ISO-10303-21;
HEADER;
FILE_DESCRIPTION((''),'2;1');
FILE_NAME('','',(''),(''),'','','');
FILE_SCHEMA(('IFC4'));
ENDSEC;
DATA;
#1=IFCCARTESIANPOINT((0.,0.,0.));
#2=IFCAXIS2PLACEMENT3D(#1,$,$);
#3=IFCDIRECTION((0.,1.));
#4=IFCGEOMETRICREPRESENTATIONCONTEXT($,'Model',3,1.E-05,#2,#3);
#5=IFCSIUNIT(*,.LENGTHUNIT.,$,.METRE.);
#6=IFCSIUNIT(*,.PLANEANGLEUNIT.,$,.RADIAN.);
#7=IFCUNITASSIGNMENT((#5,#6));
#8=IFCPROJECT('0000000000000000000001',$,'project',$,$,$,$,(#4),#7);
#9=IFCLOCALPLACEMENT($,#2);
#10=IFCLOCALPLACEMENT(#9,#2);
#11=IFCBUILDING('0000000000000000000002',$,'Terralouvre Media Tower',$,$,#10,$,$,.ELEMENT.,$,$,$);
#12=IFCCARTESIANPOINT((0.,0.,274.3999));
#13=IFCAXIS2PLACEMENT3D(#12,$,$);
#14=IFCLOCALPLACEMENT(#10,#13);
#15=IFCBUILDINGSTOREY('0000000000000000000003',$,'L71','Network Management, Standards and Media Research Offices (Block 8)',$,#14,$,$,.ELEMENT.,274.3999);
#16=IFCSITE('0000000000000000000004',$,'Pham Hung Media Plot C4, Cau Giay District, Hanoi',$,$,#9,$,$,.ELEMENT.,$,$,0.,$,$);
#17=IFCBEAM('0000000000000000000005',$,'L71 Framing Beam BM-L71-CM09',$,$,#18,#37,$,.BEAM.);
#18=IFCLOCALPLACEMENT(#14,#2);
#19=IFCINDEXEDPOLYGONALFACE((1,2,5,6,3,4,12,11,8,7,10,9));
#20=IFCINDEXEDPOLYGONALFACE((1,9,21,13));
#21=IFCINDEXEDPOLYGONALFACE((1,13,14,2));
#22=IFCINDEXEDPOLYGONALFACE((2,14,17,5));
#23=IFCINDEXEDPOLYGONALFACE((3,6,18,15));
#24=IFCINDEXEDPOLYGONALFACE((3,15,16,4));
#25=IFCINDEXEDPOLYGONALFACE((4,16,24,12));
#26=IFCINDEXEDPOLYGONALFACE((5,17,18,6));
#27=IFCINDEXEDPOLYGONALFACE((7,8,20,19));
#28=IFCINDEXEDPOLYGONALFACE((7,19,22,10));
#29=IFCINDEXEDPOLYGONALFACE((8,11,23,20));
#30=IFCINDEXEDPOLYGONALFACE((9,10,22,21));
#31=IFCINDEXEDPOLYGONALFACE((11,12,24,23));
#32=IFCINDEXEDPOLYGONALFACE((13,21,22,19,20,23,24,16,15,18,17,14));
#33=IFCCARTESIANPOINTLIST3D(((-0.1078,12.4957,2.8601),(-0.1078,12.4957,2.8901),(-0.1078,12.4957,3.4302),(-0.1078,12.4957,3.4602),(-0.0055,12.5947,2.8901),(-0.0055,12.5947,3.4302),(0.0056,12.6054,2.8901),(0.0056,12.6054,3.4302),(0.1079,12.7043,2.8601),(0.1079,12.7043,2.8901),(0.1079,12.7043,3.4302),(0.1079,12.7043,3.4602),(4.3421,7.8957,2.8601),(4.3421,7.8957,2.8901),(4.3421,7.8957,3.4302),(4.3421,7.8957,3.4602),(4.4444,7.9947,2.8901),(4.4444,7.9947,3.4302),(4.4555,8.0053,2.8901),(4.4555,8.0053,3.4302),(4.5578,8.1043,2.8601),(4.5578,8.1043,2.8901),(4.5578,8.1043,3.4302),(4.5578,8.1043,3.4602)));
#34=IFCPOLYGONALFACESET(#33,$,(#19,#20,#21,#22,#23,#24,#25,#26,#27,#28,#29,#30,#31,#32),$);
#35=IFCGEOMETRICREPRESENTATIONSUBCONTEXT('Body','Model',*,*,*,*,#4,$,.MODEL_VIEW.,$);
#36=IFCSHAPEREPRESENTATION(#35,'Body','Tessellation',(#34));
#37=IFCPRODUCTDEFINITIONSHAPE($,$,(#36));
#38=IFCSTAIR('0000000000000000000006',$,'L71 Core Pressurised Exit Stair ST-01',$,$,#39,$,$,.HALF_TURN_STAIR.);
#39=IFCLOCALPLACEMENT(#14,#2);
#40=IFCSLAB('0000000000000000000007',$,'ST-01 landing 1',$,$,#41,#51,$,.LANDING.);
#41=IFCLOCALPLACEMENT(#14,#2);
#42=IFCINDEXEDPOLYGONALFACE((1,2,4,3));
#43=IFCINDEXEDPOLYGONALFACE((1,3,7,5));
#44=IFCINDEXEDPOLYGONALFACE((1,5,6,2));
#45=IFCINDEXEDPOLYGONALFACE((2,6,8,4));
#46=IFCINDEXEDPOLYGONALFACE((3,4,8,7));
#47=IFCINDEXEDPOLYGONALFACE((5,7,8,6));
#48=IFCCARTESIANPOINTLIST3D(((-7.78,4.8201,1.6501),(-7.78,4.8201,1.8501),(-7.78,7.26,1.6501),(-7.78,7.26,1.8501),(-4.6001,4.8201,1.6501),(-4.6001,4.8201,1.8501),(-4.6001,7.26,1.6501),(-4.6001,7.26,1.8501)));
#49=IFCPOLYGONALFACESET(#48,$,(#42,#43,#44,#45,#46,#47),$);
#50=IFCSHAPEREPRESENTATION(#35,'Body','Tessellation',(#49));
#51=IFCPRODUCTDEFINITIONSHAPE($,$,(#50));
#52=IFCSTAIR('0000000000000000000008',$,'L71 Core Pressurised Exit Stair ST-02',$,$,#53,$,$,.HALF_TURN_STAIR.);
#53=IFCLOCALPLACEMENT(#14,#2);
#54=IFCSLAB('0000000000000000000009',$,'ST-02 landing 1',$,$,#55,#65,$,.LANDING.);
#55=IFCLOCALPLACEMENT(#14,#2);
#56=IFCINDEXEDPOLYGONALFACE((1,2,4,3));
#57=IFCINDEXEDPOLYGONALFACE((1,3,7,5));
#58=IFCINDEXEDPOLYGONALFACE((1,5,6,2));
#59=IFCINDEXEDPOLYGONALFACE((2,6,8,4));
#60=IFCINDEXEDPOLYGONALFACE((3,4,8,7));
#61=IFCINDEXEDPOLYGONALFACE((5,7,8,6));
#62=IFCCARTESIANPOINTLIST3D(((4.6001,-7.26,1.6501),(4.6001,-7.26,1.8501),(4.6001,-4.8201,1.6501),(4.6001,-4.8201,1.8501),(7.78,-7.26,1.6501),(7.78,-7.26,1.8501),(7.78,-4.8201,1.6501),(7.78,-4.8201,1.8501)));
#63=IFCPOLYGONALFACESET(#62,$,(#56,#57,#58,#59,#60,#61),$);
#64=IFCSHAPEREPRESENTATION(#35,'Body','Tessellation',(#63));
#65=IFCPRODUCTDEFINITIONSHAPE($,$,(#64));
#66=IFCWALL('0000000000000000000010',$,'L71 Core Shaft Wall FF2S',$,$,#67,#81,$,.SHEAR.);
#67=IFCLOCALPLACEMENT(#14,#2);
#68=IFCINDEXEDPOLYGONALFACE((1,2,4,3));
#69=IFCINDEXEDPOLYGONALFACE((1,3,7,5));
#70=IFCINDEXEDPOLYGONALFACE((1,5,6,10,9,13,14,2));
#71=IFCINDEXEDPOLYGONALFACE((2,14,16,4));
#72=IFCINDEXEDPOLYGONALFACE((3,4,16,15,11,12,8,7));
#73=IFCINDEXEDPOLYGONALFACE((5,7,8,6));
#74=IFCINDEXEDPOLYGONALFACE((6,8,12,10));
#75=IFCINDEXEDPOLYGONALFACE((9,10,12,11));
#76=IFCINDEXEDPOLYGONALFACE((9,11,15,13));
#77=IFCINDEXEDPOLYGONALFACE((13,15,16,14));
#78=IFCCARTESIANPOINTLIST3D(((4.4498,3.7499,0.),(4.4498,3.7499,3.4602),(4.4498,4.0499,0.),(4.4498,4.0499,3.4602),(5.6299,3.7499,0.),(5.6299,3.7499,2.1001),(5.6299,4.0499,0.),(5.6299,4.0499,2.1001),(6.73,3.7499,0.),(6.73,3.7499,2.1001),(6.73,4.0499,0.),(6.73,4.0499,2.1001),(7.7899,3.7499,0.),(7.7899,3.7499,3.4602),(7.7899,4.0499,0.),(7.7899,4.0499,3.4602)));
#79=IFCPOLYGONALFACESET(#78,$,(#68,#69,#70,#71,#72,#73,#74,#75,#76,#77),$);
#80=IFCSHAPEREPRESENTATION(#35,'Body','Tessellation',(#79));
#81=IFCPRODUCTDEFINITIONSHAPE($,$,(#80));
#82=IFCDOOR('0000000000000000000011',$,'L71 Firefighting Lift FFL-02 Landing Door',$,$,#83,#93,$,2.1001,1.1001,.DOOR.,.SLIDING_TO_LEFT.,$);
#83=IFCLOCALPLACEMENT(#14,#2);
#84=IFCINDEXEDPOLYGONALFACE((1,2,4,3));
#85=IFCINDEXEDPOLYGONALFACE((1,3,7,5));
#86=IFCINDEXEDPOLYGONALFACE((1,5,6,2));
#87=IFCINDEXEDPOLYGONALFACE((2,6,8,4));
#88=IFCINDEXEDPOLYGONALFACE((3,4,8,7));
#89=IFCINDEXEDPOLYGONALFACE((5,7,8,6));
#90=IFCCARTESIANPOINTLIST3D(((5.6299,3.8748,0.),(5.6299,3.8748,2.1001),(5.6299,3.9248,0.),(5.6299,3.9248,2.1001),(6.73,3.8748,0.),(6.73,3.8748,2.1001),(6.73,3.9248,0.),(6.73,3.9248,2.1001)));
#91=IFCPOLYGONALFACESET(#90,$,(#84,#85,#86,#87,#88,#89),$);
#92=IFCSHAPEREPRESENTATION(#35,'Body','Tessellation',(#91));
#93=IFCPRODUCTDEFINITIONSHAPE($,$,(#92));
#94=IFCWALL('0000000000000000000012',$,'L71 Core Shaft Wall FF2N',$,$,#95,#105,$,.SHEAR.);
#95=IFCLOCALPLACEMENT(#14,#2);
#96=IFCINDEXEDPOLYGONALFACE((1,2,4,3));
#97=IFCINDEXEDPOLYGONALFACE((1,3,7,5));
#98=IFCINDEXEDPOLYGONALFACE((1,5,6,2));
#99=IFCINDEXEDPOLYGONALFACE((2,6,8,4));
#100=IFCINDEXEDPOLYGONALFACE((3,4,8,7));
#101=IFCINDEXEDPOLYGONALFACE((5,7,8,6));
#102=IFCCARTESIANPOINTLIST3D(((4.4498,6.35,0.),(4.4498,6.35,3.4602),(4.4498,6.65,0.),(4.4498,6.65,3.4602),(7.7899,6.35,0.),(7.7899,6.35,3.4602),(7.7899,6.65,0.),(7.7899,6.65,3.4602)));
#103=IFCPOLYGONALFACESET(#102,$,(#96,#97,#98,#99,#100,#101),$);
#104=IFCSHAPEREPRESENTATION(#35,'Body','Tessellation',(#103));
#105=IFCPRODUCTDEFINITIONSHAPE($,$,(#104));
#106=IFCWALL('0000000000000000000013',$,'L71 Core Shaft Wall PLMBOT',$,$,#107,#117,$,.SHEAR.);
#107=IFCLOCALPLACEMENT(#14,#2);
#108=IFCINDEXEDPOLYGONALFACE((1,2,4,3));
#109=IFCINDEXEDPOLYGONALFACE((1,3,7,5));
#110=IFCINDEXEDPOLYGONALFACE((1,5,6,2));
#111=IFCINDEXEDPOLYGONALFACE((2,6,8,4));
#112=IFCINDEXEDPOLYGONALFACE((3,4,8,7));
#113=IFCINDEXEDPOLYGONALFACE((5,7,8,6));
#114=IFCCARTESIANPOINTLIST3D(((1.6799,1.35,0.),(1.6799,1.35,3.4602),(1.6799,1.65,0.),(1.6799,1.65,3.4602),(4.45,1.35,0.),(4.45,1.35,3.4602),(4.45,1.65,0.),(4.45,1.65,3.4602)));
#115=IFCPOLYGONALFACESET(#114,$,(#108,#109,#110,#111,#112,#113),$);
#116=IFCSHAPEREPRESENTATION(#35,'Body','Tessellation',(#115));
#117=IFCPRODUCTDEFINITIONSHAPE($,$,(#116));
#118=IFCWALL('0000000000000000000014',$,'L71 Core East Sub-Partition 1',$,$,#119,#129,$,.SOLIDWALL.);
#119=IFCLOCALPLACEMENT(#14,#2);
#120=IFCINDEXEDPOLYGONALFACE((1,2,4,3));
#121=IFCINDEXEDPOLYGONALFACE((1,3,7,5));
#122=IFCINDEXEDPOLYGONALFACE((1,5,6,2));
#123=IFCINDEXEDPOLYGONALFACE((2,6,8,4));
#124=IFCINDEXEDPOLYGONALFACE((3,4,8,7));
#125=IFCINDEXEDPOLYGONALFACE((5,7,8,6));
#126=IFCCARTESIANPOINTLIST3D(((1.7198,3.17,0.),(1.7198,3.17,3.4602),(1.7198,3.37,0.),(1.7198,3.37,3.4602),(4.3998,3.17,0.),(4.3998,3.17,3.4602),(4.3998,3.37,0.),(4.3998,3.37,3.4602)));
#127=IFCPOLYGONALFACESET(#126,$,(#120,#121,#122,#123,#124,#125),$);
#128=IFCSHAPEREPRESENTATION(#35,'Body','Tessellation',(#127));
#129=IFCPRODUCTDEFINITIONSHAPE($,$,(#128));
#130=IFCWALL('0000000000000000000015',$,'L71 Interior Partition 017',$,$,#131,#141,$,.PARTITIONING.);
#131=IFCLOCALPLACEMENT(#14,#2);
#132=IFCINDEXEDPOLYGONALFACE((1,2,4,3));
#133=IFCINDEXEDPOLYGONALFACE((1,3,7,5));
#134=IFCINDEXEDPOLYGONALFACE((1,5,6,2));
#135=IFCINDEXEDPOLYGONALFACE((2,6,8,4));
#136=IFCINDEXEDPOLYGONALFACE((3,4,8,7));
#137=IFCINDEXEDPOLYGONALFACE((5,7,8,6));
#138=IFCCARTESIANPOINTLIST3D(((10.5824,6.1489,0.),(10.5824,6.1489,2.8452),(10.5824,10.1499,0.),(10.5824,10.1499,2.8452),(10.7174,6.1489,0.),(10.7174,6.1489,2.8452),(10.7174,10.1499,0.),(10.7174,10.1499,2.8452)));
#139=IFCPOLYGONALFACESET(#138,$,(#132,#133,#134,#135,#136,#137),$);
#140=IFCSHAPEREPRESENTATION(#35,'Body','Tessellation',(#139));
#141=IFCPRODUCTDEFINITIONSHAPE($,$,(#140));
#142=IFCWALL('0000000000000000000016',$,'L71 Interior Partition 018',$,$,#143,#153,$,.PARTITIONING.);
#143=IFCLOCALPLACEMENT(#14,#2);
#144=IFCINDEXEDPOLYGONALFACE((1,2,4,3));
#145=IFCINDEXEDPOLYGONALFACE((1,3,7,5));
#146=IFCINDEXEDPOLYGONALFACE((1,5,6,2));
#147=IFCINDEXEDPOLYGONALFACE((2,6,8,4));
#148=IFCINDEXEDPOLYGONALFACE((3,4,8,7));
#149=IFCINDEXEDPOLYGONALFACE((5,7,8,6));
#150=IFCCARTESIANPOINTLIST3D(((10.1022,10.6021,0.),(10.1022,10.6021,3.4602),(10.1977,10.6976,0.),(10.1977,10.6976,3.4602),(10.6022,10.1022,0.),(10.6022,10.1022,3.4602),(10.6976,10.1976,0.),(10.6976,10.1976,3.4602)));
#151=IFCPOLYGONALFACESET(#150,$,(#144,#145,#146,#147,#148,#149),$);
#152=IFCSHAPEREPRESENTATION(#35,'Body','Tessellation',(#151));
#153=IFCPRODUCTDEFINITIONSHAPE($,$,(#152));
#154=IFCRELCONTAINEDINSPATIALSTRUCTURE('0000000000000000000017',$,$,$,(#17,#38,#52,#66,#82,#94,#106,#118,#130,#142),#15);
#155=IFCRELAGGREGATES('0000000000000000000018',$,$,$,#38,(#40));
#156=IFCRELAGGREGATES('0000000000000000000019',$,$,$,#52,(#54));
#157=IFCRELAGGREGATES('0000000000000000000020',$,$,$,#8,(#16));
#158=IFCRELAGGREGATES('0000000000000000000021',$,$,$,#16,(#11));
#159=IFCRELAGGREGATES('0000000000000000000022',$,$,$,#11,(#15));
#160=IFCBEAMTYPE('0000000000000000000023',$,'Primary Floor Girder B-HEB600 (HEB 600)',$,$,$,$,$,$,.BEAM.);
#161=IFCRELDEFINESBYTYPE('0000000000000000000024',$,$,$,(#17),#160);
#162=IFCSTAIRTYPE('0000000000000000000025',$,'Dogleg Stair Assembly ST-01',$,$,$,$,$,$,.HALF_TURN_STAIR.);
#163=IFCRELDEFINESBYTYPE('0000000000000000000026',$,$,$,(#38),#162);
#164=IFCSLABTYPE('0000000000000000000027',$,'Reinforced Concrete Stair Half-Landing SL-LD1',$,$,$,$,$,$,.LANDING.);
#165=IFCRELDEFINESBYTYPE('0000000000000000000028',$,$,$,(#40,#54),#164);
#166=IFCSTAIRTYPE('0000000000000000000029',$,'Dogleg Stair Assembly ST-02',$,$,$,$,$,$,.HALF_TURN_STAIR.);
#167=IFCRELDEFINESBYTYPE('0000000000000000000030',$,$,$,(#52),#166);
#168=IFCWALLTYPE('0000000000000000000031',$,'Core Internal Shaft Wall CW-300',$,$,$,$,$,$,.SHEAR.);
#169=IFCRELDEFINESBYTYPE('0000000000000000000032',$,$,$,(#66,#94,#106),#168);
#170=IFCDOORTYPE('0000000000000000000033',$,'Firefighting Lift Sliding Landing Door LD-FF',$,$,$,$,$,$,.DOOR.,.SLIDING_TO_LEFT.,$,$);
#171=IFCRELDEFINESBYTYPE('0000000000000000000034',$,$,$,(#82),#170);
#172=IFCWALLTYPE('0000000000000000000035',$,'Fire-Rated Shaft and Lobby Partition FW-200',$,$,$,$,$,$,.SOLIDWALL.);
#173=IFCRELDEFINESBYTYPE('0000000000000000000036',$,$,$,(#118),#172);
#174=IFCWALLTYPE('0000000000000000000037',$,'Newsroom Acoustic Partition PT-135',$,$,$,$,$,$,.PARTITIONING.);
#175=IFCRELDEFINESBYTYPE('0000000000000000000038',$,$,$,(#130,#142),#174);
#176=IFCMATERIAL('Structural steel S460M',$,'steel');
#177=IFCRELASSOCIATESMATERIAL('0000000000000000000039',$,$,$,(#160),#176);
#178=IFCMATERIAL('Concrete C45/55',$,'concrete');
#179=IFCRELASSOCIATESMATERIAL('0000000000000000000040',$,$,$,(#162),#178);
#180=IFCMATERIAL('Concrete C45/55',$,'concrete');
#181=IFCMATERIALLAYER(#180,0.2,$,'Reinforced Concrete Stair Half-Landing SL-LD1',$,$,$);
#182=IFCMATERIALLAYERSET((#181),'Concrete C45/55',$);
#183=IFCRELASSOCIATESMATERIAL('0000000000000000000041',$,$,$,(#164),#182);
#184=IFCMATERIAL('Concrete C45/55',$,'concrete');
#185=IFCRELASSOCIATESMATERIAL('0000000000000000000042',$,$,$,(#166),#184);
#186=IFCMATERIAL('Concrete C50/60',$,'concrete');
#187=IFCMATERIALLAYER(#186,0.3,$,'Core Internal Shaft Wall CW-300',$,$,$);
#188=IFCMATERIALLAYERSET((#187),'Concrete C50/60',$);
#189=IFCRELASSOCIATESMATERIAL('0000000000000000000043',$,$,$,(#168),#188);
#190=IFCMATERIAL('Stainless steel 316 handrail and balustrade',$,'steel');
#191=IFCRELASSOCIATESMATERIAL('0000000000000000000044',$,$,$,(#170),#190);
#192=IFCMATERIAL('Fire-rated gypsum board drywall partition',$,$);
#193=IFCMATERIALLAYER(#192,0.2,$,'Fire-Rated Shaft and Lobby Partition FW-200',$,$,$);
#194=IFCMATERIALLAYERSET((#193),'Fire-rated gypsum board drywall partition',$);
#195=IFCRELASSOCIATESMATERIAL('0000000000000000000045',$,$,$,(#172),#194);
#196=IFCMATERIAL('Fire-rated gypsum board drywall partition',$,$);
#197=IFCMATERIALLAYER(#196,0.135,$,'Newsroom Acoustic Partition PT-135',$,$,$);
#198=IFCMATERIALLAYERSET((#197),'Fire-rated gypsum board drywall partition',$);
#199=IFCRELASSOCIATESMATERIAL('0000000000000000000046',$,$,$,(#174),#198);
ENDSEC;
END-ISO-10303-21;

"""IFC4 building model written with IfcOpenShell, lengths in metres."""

from ifc_helpers import new_model, si_unit, direction, frame, frame_2d, origin, origin_2d, place, context, subcontext, project, spatial, polyline, rectangle, i_section, outline, extrude, material, layer, layer_set, material_profile, profile_set, type_object, element, fill, aggregate, save


model = new_model("IFC4")

# Units and contexts
model_context = context("Model", 3, precision=1e-05, world=origin(), true_north=direction((0.0, 1.0)))
body_context = subcontext(model_context, "Body", "Model", "MODEL_VIEW")
ifc_project = project(units=[si_unit("LENGTHUNIT", "METRE"), si_unit("PLANEANGLEUNIT", "RADIAN")], contexts=[model_context])

# Site, building, storey
site_placement = place(None, origin())
site = spatial("IfcSite", under=ifc_project, at=site_placement, Name="Pham Hung Media Plot C4, Cau Giay District, Hanoi", CompositionType="ELEMENT", RefElevation=0.0)
building_placement = place(site_placement, origin())
building = spatial("IfcBuilding", under=site, at=building_placement, Name="Terralouvre Media Tower", CompositionType="ELEMENT")
storey_placement = place(building_placement, frame((0.0, 0.0, 274.3999)))
storey = spatial("IfcBuildingStorey", under=building, at=storey_placement, Name="L71", Description="Network Management, Standards and Media Research Offices (Block 8)", CompositionType="ELEMENT", Elevation=274.3999)

# Beam
ifc_material_1 = material(Name="Structural steel S460M", Category="steel")
ifc_material_profile_1 = material_profile(ifc_material_1, i_section(OverallWidth=0.3, OverallDepth=0.6001, WebThickness=0.0154, FlangeThickness=0.03, at=origin_2d()), Name="HEB 600")
ifc_profile_set_1 = profile_set([ifc_material_profile_1], Name="Structural steel S460M")
beam_type = type_object("IfcBeamType", Name="Primary Floor Girder B-HEB600 (HEB 600)", PredefinedType="BEAM", material=ifc_profile_set_1)
beam_1_placement = place(storey_placement, frame((4.45, 8.0, 3.1602), z_axis=(-0.69528, 0.718739, 0.0), x_axis=(-0.718739, -0.69528, 0.0)))
element("IfcBeam", 1, at=beam_1_placement, inside=storey, type_object=beam_type, Name="L71 Framing Beam BM-L71-CM09", PredefinedType="BEAM", context=body_context, shape_type="SweptSolid", body=[
    extrude(i_section(OverallWidth=0.3, OverallDepth=0.6001, WebThickness=0.0154, FlangeThickness=0.03, at=origin_2d()), origin(), (0.0, 0.0, 1.0), 6.4001),
])

# Stairs, slabs
ifc_material_2 = material(Name="Concrete C45/55", Category="concrete")
stair_type_1 = type_object("IfcStairType", Name="Dogleg Stair Assembly ST-01", PredefinedType="HALF_TURN_STAIR", material=ifc_material_2)
stair_1_placement = place(storey_placement, origin())
stair_1 = element("IfcStair", 2, at=stair_1_placement, inside=storey, type_object=stair_type_1, Name="L71 Core Pressurised Exit Stair ST-01", PredefinedType="HALF_TURN_STAIR")
ifc_material_3 = material(Name="Concrete C45/55", Category="concrete")
ifc_layer_1 = layer(ifc_material_3, 0.2, Name="Reinforced Concrete Stair Half-Landing SL-LD1")
ifc_layer_set_1 = layer_set([ifc_layer_1], Name="Concrete C45/55")
slab_type = type_object("IfcSlabType", Name="Reinforced Concrete Stair Half-Landing SL-LD1", PredefinedType="LANDING", material=ifc_layer_set_1)
slab_1_placement = place(storey_placement, frame((0.0, 0.0, 1.6501)))
slab_1 = element("IfcSlab", 3, at=slab_1_placement, type_object=slab_type, Name="ST-01 landing 1", PredefinedType="LANDING", context=body_context, shape_type="SweptSolid", body=[
    extrude(outline(polyline([(-4.6001, 4.8201), (-4.6001, 7.26), (-7.78, 7.26), (-7.78, 4.8201), (-4.6001, 4.8201)])), origin(), (0.0, 0.0, 1.0), 0.2),
])
aggregate(stair_1, [slab_1])
ifc_material_4 = material(Name="Concrete C45/55", Category="concrete")
stair_type_2 = type_object("IfcStairType", Name="Dogleg Stair Assembly ST-02", PredefinedType="HALF_TURN_STAIR", material=ifc_material_4)
stair_2_placement = place(storey_placement, origin())
stair_2 = element("IfcStair", 4, at=stair_2_placement, inside=storey, type_object=stair_type_2, Name="L71 Core Pressurised Exit Stair ST-02", PredefinedType="HALF_TURN_STAIR")
slab_2_placement = place(storey_placement, frame((0.0, 0.0, 1.6501)))
slab_2 = element("IfcSlab", 5, at=slab_2_placement, type_object=slab_type, Name="ST-02 landing 1", PredefinedType="LANDING", context=body_context, shape_type="SweptSolid", body=[
    extrude(outline(polyline([(4.6001, -4.8201), (4.6001, -7.26), (7.78, -7.26), (7.78, -4.8201), (4.6001, -4.8201)])), origin(), (0.0, 0.0, 1.0), 0.2),
])
aggregate(stair_2, [slab_2])

# Wall, opening, door
ifc_material_5 = material(Name="Concrete C50/60", Category="concrete")
ifc_layer_2 = layer(ifc_material_5, 0.3, Name="Core Internal Shaft Wall CW-300")
ifc_layer_set_2 = layer_set([ifc_layer_2], Name="Concrete C50/60")
wall_type_1 = type_object("IfcWallType", Name="Core Internal Shaft Wall CW-300", PredefinedType="SHEAR", material=ifc_layer_set_2)
wall_1_placement = place(storey_placement, frame((4.45, 3.8999, 0.0), z_axis=(0.0, 0.0, 1.0), x_axis=(1.0, 0.0, 0.0)))
wall_1 = element("IfcWall", 6, at=wall_1_placement, inside=storey, type_object=wall_type_1, Name="L71 Core Shaft Wall FF2S", PredefinedType="SHEAR", context=body_context, shape_type="SweptSolid", body=[
    extrude(rectangle(XDim=3.3401, YDim=0.3, at=frame_2d((1.6699, 0.0))), origin(), (0.0, 0.0, 1.0), 3.4602),
])
opening_1_placement = place(wall_1_placement, frame((1.1799, 0.0, 0.0)))
opening_1 = element("IfcOpeningElement", 7, at=opening_1_placement, cuts=wall_1, PredefinedType="OPENING", context=body_context, shape_type="SweptSolid", body=[
    extrude(rectangle(XDim=1.1001, YDim=2.1001, at=frame_2d((0.55, 1.05))), frame((0.0, 0.1599, 0.0), z_axis=(0.0, -1.0, 0.0), x_axis=(1.0, 0.0, 0.0)), (0.0, 0.0, 1.0), 0.3201),
])
ifc_material_6 = material(Name="Stainless steel 316 handrail and balustrade", Category="steel")
door_type_1 = type_object("IfcDoorType", Name="Firefighting Lift Sliding Landing Door LD-FF", OperationType="SLIDING_TO_LEFT", PredefinedType="DOOR", material=ifc_material_6)
door_1_placement = place(opening_1_placement, origin())
door_1 = element("IfcDoor", 8, at=door_1_placement, inside=storey, type_object=door_type_1, Name="L71 Firefighting Lift FFL-02 Landing Door", OperationType="SLIDING_TO_LEFT", OverallHeight=2.1001, OverallWidth=1.1001, PredefinedType="DOOR", context=body_context, shape_type="SweptSolid", body=[
    extrude(rectangle(XDim=1.1001, YDim=2.1001, at=frame_2d((0.55, 1.05))), frame((0.0, 0.0249, 0.0), z_axis=(0.0, -1.0, 0.0), x_axis=(1.0, 0.0, 0.0)), (0.0, 0.0, 1.0), 0.05),
])
fill(opening_1, door_1)

# Walls
wall_2_placement = place(storey_placement, frame((4.45, 6.5, 0.0), z_axis=(0.0, 0.0, 1.0), x_axis=(1.0, 0.0, 0.0)))
element("IfcWall", 9, at=wall_2_placement, inside=storey, type_object=wall_type_1, Name="L71 Core Shaft Wall FF2N", PredefinedType="SHEAR", context=body_context, shape_type="SweptSolid", body=[
    extrude(rectangle(XDim=3.3401, YDim=0.3, at=frame_2d((1.6699, 0.0))), origin(), (0.0, 0.0, 1.0), 3.4602),
])
wall_3_placement = place(storey_placement, frame((1.6799, 1.5, 0.0), z_axis=(0.0, 0.0, 1.0), x_axis=(1.0, 0.0, 0.0)))
element("IfcWall", 10, at=wall_3_placement, inside=storey, type_object=wall_type_1, Name="L71 Core Shaft Wall PLMBOT", PredefinedType="SHEAR", context=body_context, shape_type="SweptSolid", body=[
    extrude(rectangle(XDim=2.77, YDim=0.3, at=frame_2d((1.385, 0.0))), origin(), (0.0, 0.0, 1.0), 3.4602),
])
ifc_material_7 = material(Name="Fire-rated gypsum board drywall partition")
ifc_layer_3 = layer(ifc_material_7, 0.2, Name="Fire-Rated Shaft and Lobby Partition FW-200")
ifc_layer_set_3 = layer_set([ifc_layer_3], Name="Fire-rated gypsum board drywall partition")
wall_type_2 = type_object("IfcWallType", Name="Fire-Rated Shaft and Lobby Partition FW-200", PredefinedType="SOLIDWALL", material=ifc_layer_set_3)
wall_4_placement = place(storey_placement, frame((1.72, 3.27, 0.0), z_axis=(0.0, 0.0, 1.0), x_axis=(1.0, 0.0, 0.0)))
element("IfcWall", 11, at=wall_4_placement, inside=storey, type_object=wall_type_2, Name="L71 Core East Sub-Partition 1", PredefinedType="SOLIDWALL", context=body_context, shape_type="SweptSolid", body=[
    extrude(rectangle(XDim=2.6799, YDim=0.2, at=frame_2d((1.3398, 0.0))), origin(), (0.0, 0.0, 1.0), 3.4602),
])
ifc_material_8 = material(Name="Fire-rated gypsum board drywall partition")
ifc_layer_4 = layer(ifc_material_8, 0.135, Name="Newsroom Acoustic Partition PT-135")
ifc_layer_set_4 = layer_set([ifc_layer_4], Name="Fire-rated gypsum board drywall partition")
wall_type_3 = type_object("IfcWallType", Name="Newsroom Acoustic Partition PT-135", PredefinedType="PARTITIONING", material=ifc_layer_set_4)
wall_5_placement = place(storey_placement, frame((10.6499, 6.1489, 0.0), z_axis=(0.0, 0.0, 1.0), x_axis=(0.0, 1.0, 0.0)))
element("IfcWall", 12, at=wall_5_placement, inside=storey, type_object=wall_type_3, Name="L71 Interior Partition 017", PredefinedType="PARTITIONING", context=body_context, shape_type="SweptSolid", body=[
    extrude(rectangle(XDim=4.001, YDim=0.135, at=frame_2d((2.0005, 0.0))), origin(), (0.0, 0.0, 1.0), 2.8452),
])
wall_6_placement = place(storey_placement, frame((10.6499, 10.1499, 0.0), z_axis=(0.0, 0.0, 1.0), x_axis=(-0.707107, 0.707107, 0.0)))
element("IfcWall", 13, at=wall_6_placement, inside=storey, type_object=wall_type_3, Name="L71 Interior Partition 018", PredefinedType="PARTITIONING", context=body_context, shape_type="SweptSolid", body=[
    extrude(rectangle(XDim=0.707, YDim=0.135, at=frame_2d((0.3535, 0.0))), origin(), (0.0, 0.0, 1.0), 3.4602),
])

save(model, "model.ifc")
